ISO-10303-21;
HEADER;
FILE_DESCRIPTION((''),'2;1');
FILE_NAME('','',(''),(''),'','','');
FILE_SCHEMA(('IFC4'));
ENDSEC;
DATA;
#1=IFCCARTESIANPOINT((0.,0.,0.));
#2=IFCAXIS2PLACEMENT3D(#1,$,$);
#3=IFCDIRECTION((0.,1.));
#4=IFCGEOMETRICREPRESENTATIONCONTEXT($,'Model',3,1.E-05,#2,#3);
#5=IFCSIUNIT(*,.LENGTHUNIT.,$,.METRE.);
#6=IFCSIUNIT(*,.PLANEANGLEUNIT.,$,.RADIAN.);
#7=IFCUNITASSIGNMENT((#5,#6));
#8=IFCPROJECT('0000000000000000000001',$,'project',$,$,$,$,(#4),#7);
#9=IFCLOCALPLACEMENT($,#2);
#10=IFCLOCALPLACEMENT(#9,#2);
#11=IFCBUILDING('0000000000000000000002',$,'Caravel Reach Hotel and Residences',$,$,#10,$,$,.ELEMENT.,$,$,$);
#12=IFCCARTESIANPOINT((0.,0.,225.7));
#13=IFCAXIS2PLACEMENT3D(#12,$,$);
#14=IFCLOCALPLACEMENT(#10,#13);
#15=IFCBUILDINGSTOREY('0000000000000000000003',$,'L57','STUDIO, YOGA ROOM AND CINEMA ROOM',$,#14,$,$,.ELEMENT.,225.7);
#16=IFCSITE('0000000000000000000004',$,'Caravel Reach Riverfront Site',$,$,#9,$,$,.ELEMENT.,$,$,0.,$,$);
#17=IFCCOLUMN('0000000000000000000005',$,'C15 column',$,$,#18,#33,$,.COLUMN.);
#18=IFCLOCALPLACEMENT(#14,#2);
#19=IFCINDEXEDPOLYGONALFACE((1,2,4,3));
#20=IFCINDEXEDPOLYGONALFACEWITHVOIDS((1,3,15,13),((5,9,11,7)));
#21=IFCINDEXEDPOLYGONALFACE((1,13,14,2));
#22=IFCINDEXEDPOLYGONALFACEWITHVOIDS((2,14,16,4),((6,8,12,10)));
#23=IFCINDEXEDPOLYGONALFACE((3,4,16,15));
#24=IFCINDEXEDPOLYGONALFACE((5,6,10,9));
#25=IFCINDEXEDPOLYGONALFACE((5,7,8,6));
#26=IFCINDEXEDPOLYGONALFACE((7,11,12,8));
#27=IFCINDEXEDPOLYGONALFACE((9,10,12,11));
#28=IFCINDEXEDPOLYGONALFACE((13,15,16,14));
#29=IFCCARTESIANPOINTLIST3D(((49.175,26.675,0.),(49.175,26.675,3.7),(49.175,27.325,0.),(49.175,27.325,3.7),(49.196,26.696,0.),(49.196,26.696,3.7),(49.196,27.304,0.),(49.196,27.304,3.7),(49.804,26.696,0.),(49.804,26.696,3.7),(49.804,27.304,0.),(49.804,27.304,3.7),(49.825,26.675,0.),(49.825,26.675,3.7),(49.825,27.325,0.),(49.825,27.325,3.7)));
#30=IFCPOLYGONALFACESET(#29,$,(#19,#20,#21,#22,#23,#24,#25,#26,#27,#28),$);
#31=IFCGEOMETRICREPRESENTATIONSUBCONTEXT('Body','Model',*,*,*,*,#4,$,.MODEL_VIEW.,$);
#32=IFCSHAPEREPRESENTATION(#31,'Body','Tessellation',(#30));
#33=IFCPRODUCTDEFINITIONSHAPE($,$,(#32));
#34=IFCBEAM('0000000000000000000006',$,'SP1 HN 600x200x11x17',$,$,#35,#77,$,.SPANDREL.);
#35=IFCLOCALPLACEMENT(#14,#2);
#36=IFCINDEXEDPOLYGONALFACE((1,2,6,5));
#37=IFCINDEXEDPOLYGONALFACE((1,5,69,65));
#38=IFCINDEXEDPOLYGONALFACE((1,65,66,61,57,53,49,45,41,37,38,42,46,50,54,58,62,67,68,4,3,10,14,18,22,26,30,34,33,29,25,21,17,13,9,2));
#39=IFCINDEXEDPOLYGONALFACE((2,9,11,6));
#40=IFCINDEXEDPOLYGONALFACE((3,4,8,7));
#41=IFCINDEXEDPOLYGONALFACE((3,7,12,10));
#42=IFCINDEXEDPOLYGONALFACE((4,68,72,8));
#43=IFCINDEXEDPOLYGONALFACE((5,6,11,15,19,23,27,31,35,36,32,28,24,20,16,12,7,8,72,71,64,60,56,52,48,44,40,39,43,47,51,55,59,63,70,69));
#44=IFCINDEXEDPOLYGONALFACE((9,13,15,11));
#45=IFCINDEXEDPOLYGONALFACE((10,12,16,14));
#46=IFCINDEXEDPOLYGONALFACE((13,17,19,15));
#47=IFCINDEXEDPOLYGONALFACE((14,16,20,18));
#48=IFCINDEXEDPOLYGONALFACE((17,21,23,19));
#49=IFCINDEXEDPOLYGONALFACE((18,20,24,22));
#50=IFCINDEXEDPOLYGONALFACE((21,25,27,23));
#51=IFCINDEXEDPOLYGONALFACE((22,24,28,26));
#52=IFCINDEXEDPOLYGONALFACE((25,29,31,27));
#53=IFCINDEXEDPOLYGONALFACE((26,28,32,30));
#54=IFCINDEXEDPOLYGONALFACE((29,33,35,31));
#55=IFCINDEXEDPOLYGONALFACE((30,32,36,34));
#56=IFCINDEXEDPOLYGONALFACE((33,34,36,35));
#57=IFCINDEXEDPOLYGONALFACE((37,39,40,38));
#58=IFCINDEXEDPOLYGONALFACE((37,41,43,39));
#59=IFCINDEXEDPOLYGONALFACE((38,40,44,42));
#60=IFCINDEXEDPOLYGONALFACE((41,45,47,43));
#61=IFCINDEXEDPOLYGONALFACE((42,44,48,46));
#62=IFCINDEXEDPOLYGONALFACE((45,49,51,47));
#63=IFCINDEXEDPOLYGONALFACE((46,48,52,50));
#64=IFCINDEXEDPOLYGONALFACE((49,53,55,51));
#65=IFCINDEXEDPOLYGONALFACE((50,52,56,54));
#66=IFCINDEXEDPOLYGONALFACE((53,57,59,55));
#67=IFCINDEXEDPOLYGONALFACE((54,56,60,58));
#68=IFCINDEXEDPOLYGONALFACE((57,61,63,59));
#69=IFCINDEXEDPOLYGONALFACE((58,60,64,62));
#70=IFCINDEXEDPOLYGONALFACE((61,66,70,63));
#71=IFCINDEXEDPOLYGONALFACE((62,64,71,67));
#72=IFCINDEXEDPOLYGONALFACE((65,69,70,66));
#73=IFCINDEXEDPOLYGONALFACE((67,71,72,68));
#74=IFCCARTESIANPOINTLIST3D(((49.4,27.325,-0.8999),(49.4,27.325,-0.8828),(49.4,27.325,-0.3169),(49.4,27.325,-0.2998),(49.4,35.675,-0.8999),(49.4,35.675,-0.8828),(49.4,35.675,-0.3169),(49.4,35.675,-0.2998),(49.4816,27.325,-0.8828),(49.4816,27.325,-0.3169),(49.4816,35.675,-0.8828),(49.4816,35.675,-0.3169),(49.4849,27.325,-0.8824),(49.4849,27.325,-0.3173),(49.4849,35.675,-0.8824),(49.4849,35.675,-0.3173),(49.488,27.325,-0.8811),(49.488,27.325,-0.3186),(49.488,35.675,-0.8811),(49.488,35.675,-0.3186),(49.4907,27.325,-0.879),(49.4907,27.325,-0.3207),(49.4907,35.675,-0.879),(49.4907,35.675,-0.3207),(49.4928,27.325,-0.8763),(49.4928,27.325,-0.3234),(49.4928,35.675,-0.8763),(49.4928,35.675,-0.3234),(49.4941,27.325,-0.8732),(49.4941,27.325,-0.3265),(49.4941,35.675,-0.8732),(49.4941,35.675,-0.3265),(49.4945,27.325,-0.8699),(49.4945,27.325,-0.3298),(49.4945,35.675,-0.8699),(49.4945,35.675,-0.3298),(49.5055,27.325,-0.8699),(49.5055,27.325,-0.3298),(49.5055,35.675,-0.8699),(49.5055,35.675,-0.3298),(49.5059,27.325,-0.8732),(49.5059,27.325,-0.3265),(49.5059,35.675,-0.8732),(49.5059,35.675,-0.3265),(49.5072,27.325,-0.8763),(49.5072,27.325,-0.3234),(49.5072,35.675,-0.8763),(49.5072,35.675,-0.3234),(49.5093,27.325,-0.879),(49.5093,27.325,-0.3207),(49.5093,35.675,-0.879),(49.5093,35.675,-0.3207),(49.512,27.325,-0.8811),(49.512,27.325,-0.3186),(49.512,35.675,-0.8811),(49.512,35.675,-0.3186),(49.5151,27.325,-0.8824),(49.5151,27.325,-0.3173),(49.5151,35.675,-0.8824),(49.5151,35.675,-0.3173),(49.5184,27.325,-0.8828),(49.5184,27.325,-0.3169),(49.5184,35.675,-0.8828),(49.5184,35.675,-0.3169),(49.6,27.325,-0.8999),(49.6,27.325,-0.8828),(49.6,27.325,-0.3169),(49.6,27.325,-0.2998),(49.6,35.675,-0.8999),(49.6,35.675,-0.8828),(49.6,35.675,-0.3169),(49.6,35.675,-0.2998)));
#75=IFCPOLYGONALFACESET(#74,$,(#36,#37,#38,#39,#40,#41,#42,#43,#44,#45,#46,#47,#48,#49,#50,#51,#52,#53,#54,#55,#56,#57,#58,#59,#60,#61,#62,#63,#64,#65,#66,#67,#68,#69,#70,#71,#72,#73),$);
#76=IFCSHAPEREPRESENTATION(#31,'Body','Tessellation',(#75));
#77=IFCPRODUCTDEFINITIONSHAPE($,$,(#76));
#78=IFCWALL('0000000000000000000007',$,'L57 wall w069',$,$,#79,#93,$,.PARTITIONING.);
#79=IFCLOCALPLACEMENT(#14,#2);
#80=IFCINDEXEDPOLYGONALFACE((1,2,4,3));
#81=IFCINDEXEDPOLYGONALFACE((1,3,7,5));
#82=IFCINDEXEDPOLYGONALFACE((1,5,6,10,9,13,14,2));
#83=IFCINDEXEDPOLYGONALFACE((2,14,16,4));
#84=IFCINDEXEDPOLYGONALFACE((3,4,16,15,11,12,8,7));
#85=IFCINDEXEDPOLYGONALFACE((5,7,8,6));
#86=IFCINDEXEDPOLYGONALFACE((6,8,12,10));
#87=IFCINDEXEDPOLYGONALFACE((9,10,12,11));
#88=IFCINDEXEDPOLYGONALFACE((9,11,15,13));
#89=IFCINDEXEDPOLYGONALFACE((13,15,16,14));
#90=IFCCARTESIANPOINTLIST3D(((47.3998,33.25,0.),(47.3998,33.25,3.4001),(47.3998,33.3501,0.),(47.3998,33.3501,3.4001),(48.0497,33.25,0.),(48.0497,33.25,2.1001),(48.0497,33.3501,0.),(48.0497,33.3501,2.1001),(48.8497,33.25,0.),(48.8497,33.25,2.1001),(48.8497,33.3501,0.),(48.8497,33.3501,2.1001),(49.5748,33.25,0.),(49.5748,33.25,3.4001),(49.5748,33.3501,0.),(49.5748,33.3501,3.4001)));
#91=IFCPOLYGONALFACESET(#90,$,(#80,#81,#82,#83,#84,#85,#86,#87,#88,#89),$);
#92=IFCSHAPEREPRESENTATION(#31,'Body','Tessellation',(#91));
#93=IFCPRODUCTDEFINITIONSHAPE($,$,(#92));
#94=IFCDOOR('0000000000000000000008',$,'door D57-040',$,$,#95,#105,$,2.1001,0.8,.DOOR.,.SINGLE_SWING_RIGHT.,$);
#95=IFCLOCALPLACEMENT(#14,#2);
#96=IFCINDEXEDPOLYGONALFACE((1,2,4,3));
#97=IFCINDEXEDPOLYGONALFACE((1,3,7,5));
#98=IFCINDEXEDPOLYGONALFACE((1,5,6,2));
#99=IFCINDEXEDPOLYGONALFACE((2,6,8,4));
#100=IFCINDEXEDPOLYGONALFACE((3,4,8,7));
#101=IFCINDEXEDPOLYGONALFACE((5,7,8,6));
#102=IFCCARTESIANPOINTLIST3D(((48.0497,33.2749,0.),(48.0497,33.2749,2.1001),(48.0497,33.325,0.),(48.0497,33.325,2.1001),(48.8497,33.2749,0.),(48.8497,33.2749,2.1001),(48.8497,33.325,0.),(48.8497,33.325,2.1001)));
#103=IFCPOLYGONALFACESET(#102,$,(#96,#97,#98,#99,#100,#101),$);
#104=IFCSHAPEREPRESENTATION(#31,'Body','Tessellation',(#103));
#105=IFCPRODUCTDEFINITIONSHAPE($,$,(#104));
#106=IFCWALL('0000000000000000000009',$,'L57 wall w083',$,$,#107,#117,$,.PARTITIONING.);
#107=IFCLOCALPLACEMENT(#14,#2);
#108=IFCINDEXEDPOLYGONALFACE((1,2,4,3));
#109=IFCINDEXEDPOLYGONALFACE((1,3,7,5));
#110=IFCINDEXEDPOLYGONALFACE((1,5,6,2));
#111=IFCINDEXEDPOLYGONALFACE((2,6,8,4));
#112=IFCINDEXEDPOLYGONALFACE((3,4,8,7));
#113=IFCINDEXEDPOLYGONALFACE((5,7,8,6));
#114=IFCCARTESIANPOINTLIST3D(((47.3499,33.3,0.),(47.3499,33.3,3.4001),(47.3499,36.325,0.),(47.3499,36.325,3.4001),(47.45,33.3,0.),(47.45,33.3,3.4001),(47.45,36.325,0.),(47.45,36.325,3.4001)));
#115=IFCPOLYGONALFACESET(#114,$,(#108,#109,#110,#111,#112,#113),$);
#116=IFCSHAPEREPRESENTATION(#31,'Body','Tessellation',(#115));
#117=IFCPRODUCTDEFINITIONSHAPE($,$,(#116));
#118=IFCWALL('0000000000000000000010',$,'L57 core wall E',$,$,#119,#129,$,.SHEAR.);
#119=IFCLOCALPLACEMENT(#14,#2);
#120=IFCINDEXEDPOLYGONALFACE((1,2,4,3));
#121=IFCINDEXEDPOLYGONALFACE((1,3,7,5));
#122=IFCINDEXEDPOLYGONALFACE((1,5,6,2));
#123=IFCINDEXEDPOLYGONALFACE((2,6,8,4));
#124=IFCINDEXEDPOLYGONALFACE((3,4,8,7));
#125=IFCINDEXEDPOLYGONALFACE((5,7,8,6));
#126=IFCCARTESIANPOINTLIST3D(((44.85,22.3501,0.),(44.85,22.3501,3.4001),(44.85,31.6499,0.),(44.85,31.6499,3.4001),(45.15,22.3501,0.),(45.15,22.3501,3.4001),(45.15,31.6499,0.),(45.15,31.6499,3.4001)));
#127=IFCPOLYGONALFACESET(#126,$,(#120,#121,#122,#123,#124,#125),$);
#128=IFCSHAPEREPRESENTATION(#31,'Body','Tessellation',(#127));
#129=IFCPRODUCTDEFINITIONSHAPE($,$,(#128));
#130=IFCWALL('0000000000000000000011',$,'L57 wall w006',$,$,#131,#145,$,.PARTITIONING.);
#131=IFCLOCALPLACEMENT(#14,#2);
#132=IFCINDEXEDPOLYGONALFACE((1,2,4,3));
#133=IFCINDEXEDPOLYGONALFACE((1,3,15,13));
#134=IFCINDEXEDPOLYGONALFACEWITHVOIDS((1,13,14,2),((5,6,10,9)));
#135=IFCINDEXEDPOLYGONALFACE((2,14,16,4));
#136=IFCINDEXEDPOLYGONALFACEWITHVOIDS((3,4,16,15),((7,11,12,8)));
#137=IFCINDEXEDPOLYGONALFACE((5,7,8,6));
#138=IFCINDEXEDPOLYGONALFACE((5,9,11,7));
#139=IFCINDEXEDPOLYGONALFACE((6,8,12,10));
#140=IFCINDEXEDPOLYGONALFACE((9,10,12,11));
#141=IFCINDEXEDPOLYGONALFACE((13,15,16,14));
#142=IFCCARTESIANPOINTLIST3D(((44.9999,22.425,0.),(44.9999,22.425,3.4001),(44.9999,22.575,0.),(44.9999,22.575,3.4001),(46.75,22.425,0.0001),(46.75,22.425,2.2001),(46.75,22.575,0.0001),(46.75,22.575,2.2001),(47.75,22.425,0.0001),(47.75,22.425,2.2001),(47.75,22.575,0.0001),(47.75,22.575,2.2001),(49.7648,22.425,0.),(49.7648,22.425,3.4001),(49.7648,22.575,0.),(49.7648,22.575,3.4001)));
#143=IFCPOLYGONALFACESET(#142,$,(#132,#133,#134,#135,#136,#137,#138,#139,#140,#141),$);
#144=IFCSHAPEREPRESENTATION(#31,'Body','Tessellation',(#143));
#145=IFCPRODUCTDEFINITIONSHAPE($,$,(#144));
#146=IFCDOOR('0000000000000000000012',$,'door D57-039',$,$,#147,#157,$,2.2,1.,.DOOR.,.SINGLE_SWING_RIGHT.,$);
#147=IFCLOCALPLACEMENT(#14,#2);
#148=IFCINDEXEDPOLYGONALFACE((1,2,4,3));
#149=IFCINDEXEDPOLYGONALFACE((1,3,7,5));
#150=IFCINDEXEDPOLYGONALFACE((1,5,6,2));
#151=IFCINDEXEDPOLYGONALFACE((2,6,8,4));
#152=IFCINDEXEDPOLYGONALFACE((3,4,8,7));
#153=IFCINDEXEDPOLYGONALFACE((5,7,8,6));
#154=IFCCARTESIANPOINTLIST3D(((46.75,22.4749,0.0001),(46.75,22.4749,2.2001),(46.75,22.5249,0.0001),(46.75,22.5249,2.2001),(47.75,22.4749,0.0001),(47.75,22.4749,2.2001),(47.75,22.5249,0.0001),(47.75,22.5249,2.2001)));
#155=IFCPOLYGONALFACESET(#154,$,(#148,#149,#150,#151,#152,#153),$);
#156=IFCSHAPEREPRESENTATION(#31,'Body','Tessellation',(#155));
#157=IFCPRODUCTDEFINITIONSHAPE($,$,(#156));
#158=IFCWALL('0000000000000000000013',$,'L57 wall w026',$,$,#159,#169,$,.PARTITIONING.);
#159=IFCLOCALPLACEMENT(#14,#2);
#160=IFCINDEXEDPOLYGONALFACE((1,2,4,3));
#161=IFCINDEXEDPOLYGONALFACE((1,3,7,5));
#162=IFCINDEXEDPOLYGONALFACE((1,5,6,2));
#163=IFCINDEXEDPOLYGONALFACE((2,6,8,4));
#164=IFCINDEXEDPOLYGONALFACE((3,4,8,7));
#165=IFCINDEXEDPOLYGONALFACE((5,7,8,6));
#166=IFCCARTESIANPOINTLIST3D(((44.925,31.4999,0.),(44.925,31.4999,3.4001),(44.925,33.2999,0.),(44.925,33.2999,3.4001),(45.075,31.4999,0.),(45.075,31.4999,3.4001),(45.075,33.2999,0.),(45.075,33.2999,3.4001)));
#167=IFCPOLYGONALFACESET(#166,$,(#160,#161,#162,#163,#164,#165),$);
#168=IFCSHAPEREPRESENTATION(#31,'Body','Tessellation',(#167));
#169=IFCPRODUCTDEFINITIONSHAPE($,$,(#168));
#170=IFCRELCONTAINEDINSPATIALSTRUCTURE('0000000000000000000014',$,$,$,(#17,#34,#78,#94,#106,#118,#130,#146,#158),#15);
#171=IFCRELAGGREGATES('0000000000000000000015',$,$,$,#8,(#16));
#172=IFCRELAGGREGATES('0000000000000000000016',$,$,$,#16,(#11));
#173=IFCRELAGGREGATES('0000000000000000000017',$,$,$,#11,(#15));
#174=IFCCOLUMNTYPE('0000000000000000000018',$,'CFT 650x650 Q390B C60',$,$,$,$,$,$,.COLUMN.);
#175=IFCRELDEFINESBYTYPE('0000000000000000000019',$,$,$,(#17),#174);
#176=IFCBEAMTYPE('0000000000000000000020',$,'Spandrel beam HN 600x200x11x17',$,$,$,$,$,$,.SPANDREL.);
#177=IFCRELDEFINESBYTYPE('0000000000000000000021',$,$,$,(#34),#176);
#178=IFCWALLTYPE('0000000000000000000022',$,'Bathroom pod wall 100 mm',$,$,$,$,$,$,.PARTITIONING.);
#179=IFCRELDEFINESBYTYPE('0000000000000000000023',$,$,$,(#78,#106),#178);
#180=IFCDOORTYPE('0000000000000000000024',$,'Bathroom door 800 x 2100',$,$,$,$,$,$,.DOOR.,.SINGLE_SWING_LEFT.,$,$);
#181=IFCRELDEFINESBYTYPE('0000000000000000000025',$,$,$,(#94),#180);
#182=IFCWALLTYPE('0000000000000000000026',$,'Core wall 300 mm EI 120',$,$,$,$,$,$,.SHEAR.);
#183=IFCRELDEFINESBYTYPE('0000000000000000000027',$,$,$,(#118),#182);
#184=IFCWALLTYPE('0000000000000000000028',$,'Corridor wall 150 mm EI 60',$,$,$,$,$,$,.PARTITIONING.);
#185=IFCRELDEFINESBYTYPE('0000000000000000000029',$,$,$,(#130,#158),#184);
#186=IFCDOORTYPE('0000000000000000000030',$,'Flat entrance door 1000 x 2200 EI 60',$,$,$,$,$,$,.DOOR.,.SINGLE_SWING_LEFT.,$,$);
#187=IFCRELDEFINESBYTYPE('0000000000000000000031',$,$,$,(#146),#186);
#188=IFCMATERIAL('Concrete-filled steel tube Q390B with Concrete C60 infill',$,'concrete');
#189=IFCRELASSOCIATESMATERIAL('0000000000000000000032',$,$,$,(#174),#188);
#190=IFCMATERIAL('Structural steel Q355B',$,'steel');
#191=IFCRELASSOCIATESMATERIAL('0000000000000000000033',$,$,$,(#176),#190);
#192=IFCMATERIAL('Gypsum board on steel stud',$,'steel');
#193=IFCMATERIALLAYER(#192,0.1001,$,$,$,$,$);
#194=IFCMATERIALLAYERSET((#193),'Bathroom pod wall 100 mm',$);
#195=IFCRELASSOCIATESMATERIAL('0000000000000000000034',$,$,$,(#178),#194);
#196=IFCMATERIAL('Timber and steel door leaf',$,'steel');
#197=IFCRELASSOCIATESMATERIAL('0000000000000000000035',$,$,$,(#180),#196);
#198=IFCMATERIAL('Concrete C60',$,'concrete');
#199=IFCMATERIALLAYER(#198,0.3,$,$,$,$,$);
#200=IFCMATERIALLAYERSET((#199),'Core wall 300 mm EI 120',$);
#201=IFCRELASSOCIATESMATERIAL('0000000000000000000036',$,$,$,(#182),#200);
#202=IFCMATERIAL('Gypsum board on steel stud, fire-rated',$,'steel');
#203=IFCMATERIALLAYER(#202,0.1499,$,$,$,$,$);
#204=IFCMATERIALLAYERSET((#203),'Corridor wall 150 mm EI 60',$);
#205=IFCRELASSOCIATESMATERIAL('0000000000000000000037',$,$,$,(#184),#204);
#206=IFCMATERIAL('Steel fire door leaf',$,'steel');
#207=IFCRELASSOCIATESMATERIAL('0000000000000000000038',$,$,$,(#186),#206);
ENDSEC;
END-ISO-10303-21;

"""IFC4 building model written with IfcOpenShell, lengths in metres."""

from ifc_helpers import new_model, si_unit, direction, frame, frame_2d, origin, origin_2d, place, context, subcontext, project, spatial, rectangle, hollow_rectangle, i_section, extrude, material, layer, layer_set, material_profile, profile_set, type_object, element, fill, save


model = new_model("IFC4")

# Units and contexts
model_context = context("Model", 3, precision=1e-05, world=origin(), true_north=direction((0.0, 1.0)))
body_context = subcontext(model_context, "Body", "Model", "MODEL_VIEW")
ifc_project = project(units=[si_unit("LENGTHUNIT", "METRE"), si_unit("PLANEANGLEUNIT", "RADIAN")], contexts=[model_context])

# Site, building, storey
site_placement = place(None, origin())
site = spatial("IfcSite", under=ifc_project, at=site_placement, Name="Caravel Reach Riverfront Site", CompositionType="ELEMENT", RefElevation=0.0)
building_placement = place(site_placement, origin())
building = spatial("IfcBuilding", under=site, at=building_placement, Name="Caravel Reach Hotel and Residences", CompositionType="ELEMENT")
storey_placement = place(building_placement, frame((0.0, 0.0, 225.7)))
storey = spatial("IfcBuildingStorey", under=building, at=storey_placement, Name="L57", Description="STUDIO, YOGA ROOM AND CINEMA ROOM", CompositionType="ELEMENT", Elevation=225.7)

# Column
ifc_material_1 = material(Name="Concrete-filled steel tube Q390B with Concrete C60 infill", Category="concrete")
ifc_material_profile_1 = material_profile(ifc_material_1, hollow_rectangle(XDim=0.6499, YDim=0.6499, WallThickness=0.021, at=origin_2d()), Name="RHS 650x650x21")
ifc_profile_set_1 = profile_set([ifc_material_profile_1], Name="Concrete-filled steel tube Q390B with Concrete C60 infill")
column_type = type_object("IfcColumnType", Name="CFT 650x650 Q390B C60", PredefinedType="COLUMN", material=ifc_profile_set_1)
column_placement = place(storey_placement, frame((49.5, 27.0, 0.0), z_axis=(0.0, 0.0, 1.0), x_axis=(1.0, 0.0, 0.0)))
element("IfcColumn", 1, at=column_placement, inside=storey, type_object=column_type, Name="C15 column", PredefinedType="COLUMN", context=body_context, shape_type="SweptSolid", body=[
    extrude(hollow_rectangle(XDim=0.6499, YDim=0.6499, WallThickness=0.021, at=origin_2d()), origin(), (0.0, 0.0, 1.0), 3.7),
])

# Beam
ifc_material_2 = material(Name="Structural steel Q355B", Category="steel")
ifc_material_profile_2 = material_profile(ifc_material_2, i_section(OverallWidth=0.2, OverallDepth=0.6001, WebThickness=0.011, FlangeThickness=0.0171, FilletRadius=0.0129, at=origin_2d()), Name="HN 600x200x11x17")
ifc_profile_set_2 = profile_set([ifc_material_profile_2], Name="Structural steel Q355B")
beam_type = type_object("IfcBeamType", Name="Spandrel beam HN 600x200x11x17", PredefinedType="SPANDREL", material=ifc_profile_set_2)
beam_placement = place(storey_placement, frame((49.5, 27.325, -0.5999), z_axis=(0.0, 1.0, 0.0), x_axis=(-1.0, 0.0, 0.0)))
element("IfcBeam", 2, at=beam_placement, inside=storey, type_object=beam_type, Name="SP1 HN 600x200x11x17", PredefinedType="SPANDREL", context=body_context, shape_type="SweptSolid", body=[
    extrude(i_section(OverallWidth=0.2, OverallDepth=0.6001, WebThickness=0.011, FlangeThickness=0.0171, FilletRadius=0.0129, at=origin_2d()), origin(), (0.0, 0.0, 1.0), 8.3501),
])

# Wall, opening, door
ifc_material_3 = material(Name="Gypsum board on steel stud", Category="steel")
ifc_layer_1 = layer(ifc_material_3, 0.1001)
ifc_layer_set_1 = layer_set([ifc_layer_1], Name="Bathroom pod wall 100 mm")
wall_type_1 = type_object("IfcWallType", Name="Bathroom pod wall 100 mm", PredefinedType="PARTITIONING", material=ifc_layer_set_1)
wall_1_placement = place(storey_placement, frame((47.3999, 33.3, 0.0), z_axis=(0.0, 0.0, 1.0), x_axis=(1.0, 0.0, 0.0)))
wall_1 = element("IfcWall", 3, at=wall_1_placement, inside=storey, type_object=wall_type_1, Name="L57 wall w069", PredefinedType="PARTITIONING", context=body_context, shape_type="SweptSolid", body=[
    extrude(rectangle(XDim=2.175, YDim=0.1001, at=frame_2d((1.0874, 0.0))), origin(), (0.0, 0.0, 1.0), 3.4001),
])
opening_1_placement = place(wall_1_placement, frame((0.6499, 0.0, 0.0)))
opening_1 = element("IfcOpeningElement", 4, at=opening_1_placement, cuts=wall_1, PredefinedType="OPENING", context=body_context, shape_type="SweptSolid", body=[
    extrude(rectangle(XDim=0.8, YDim=2.1001, at=frame_2d((0.3999, 1.05))), frame((0.0, 0.0601, 0.0), z_axis=(0.0, -1.0, 0.0), x_axis=(1.0, 0.0, 0.0)), (0.0, 0.0, 1.0), 0.1201),
])
ifc_material_4 = material(Name="Timber and steel door leaf", Category="steel")
door_type_1 = type_object("IfcDoorType", Name="Bathroom door 800 x 2100", OperationType="SINGLE_SWING_LEFT", PredefinedType="DOOR", material=ifc_material_4)
door_1_placement = place(opening_1_placement, origin())
door_1 = element("IfcDoor", 5, at=door_1_placement, inside=storey, type_object=door_type_1, Name="door D57-040", OperationType="SINGLE_SWING_RIGHT", OverallHeight=2.1001, OverallWidth=0.8, PredefinedType="DOOR", context=body_context, shape_type="SweptSolid", body=[
    extrude(rectangle(XDim=0.8, YDim=2.1001, at=frame_2d((0.3999, 1.05))), frame((0.0, 0.0249, 0.0), z_axis=(0.0, -1.0, 0.0), x_axis=(1.0, 0.0, 0.0)), (0.0, 0.0, 1.0), 0.05),
])
fill(opening_1, door_1)

# Walls
wall_2_placement = place(storey_placement, frame((47.3999, 33.3, 0.0), z_axis=(0.0, 0.0, 1.0), x_axis=(0.0, 1.0, 0.0)))
element("IfcWall", 6, at=wall_2_placement, inside=storey, type_object=wall_type_1, Name="L57 wall w083", PredefinedType="PARTITIONING", context=body_context, shape_type="SweptSolid", body=[
    extrude(rectangle(XDim=3.0249, YDim=0.1001, at=frame_2d((1.5125, 0.0))), origin(), (0.0, 0.0, 1.0), 3.4001),
])
ifc_material_5 = material(Name="Concrete C60", Category="concrete")
ifc_layer_2 = layer(ifc_material_5, 0.3)
ifc_layer_set_2 = layer_set([ifc_layer_2], Name="Core wall 300 mm EI 120")
wall_type_2 = type_object("IfcWallType", Name="Core wall 300 mm EI 120", PredefinedType="SHEAR", material=ifc_layer_set_2)
wall_3_placement = place(storey_placement, frame((45.0, 22.3501, 0.0), z_axis=(0.0, 0.0, 1.0), x_axis=(0.0, 1.0, 0.0)))
element("IfcWall", 7, at=wall_3_placement, inside=storey, type_object=wall_type_2, Name="L57 core wall E", PredefinedType="SHEAR", context=body_context, shape_type="SweptSolid", body=[
    extrude(rectangle(XDim=9.2998, YDim=0.3, at=frame_2d((4.6499, 0.0))), origin(), (0.0, 0.0, 1.0), 3.4001),
])

# Wall, opening, door
ifc_material_6 = material(Name="Gypsum board on steel stud, fire-rated", Category="steel")
ifc_layer_3 = layer(ifc_material_6, 0.1499)
ifc_layer_set_3 = layer_set([ifc_layer_3], Name="Corridor wall 150 mm EI 60")
wall_type_3 = type_object("IfcWallType", Name="Corridor wall 150 mm EI 60", PredefinedType="PARTITIONING", material=ifc_layer_set_3)
wall_4_placement = place(storey_placement, frame((45.0, 22.5, 0.0), z_axis=(0.0, 0.0, 1.0), x_axis=(1.0, 0.0, 0.0)))
wall_4 = element("IfcWall", 8, at=wall_4_placement, inside=storey, type_object=wall_type_3, Name="L57 wall w006", PredefinedType="PARTITIONING", context=body_context, shape_type="SweptSolid", body=[
    extrude(rectangle(XDim=4.7649, YDim=0.1499, at=frame_2d((2.3823, 0.0))), origin(), (0.0, 0.0, 1.0), 3.4001),
])
opening_2_placement = place(wall_4_placement, frame((1.75, 0.0, 0.0)))
opening_2 = element("IfcOpeningElement", 9, at=opening_2_placement, cuts=wall_4, PredefinedType="OPENING", context=body_context, shape_type="SweptSolid", body=[
    extrude(rectangle(XDim=1.0, YDim=2.2, at=frame_2d((0.5, 1.1001))), frame((0.0, 0.085, 0.0), z_axis=(0.0, -1.0, 0.0), x_axis=(1.0, 0.0, 0.0)), (0.0, 0.0, 1.0), 0.1699),
])
ifc_material_7 = material(Name="Steel fire door leaf", Category="steel")
door_type_2 = type_object("IfcDoorType", Name="Flat entrance door 1000 x 2200 EI 60", OperationType="SINGLE_SWING_LEFT", PredefinedType="DOOR", material=ifc_material_7)
door_2_placement = place(opening_2_placement, origin())
door_2 = element("IfcDoor", 10, at=door_2_placement, inside=storey, type_object=door_type_2, Name="door D57-039", OperationType="SINGLE_SWING_RIGHT", OverallHeight=2.2, OverallWidth=1.0, PredefinedType="DOOR", context=body_context, shape_type="SweptSolid", body=[
    extrude(rectangle(XDim=1.0, YDim=2.2, at=frame_2d((0.5, 1.1001))), frame((0.0, 0.0249, 0.0), z_axis=(0.0, -1.0, 0.0), x_axis=(1.0, 0.0, 0.0)), (0.0, 0.0, 1.0), 0.05),
])
fill(opening_2, door_2)

# Wall
wall_5_placement = place(storey_placement, frame((45.0, 31.5, 0.0), z_axis=(0.0, 0.0, 1.0), x_axis=(0.0, 1.0, 0.0)))
element("IfcWall", 11, at=wall_5_placement, inside=storey, type_object=wall_type_3, Name="L57 wall w026", PredefinedType="PARTITIONING", context=body_context, shape_type="SweptSolid", body=[
    extrude(rectangle(XDim=1.8, YDim=0.1499, at=frame_2d((0.8999, 0.0))), origin(), (0.0, 0.0, 1.0), 3.4001),
])

save(model, "model.ifc")
